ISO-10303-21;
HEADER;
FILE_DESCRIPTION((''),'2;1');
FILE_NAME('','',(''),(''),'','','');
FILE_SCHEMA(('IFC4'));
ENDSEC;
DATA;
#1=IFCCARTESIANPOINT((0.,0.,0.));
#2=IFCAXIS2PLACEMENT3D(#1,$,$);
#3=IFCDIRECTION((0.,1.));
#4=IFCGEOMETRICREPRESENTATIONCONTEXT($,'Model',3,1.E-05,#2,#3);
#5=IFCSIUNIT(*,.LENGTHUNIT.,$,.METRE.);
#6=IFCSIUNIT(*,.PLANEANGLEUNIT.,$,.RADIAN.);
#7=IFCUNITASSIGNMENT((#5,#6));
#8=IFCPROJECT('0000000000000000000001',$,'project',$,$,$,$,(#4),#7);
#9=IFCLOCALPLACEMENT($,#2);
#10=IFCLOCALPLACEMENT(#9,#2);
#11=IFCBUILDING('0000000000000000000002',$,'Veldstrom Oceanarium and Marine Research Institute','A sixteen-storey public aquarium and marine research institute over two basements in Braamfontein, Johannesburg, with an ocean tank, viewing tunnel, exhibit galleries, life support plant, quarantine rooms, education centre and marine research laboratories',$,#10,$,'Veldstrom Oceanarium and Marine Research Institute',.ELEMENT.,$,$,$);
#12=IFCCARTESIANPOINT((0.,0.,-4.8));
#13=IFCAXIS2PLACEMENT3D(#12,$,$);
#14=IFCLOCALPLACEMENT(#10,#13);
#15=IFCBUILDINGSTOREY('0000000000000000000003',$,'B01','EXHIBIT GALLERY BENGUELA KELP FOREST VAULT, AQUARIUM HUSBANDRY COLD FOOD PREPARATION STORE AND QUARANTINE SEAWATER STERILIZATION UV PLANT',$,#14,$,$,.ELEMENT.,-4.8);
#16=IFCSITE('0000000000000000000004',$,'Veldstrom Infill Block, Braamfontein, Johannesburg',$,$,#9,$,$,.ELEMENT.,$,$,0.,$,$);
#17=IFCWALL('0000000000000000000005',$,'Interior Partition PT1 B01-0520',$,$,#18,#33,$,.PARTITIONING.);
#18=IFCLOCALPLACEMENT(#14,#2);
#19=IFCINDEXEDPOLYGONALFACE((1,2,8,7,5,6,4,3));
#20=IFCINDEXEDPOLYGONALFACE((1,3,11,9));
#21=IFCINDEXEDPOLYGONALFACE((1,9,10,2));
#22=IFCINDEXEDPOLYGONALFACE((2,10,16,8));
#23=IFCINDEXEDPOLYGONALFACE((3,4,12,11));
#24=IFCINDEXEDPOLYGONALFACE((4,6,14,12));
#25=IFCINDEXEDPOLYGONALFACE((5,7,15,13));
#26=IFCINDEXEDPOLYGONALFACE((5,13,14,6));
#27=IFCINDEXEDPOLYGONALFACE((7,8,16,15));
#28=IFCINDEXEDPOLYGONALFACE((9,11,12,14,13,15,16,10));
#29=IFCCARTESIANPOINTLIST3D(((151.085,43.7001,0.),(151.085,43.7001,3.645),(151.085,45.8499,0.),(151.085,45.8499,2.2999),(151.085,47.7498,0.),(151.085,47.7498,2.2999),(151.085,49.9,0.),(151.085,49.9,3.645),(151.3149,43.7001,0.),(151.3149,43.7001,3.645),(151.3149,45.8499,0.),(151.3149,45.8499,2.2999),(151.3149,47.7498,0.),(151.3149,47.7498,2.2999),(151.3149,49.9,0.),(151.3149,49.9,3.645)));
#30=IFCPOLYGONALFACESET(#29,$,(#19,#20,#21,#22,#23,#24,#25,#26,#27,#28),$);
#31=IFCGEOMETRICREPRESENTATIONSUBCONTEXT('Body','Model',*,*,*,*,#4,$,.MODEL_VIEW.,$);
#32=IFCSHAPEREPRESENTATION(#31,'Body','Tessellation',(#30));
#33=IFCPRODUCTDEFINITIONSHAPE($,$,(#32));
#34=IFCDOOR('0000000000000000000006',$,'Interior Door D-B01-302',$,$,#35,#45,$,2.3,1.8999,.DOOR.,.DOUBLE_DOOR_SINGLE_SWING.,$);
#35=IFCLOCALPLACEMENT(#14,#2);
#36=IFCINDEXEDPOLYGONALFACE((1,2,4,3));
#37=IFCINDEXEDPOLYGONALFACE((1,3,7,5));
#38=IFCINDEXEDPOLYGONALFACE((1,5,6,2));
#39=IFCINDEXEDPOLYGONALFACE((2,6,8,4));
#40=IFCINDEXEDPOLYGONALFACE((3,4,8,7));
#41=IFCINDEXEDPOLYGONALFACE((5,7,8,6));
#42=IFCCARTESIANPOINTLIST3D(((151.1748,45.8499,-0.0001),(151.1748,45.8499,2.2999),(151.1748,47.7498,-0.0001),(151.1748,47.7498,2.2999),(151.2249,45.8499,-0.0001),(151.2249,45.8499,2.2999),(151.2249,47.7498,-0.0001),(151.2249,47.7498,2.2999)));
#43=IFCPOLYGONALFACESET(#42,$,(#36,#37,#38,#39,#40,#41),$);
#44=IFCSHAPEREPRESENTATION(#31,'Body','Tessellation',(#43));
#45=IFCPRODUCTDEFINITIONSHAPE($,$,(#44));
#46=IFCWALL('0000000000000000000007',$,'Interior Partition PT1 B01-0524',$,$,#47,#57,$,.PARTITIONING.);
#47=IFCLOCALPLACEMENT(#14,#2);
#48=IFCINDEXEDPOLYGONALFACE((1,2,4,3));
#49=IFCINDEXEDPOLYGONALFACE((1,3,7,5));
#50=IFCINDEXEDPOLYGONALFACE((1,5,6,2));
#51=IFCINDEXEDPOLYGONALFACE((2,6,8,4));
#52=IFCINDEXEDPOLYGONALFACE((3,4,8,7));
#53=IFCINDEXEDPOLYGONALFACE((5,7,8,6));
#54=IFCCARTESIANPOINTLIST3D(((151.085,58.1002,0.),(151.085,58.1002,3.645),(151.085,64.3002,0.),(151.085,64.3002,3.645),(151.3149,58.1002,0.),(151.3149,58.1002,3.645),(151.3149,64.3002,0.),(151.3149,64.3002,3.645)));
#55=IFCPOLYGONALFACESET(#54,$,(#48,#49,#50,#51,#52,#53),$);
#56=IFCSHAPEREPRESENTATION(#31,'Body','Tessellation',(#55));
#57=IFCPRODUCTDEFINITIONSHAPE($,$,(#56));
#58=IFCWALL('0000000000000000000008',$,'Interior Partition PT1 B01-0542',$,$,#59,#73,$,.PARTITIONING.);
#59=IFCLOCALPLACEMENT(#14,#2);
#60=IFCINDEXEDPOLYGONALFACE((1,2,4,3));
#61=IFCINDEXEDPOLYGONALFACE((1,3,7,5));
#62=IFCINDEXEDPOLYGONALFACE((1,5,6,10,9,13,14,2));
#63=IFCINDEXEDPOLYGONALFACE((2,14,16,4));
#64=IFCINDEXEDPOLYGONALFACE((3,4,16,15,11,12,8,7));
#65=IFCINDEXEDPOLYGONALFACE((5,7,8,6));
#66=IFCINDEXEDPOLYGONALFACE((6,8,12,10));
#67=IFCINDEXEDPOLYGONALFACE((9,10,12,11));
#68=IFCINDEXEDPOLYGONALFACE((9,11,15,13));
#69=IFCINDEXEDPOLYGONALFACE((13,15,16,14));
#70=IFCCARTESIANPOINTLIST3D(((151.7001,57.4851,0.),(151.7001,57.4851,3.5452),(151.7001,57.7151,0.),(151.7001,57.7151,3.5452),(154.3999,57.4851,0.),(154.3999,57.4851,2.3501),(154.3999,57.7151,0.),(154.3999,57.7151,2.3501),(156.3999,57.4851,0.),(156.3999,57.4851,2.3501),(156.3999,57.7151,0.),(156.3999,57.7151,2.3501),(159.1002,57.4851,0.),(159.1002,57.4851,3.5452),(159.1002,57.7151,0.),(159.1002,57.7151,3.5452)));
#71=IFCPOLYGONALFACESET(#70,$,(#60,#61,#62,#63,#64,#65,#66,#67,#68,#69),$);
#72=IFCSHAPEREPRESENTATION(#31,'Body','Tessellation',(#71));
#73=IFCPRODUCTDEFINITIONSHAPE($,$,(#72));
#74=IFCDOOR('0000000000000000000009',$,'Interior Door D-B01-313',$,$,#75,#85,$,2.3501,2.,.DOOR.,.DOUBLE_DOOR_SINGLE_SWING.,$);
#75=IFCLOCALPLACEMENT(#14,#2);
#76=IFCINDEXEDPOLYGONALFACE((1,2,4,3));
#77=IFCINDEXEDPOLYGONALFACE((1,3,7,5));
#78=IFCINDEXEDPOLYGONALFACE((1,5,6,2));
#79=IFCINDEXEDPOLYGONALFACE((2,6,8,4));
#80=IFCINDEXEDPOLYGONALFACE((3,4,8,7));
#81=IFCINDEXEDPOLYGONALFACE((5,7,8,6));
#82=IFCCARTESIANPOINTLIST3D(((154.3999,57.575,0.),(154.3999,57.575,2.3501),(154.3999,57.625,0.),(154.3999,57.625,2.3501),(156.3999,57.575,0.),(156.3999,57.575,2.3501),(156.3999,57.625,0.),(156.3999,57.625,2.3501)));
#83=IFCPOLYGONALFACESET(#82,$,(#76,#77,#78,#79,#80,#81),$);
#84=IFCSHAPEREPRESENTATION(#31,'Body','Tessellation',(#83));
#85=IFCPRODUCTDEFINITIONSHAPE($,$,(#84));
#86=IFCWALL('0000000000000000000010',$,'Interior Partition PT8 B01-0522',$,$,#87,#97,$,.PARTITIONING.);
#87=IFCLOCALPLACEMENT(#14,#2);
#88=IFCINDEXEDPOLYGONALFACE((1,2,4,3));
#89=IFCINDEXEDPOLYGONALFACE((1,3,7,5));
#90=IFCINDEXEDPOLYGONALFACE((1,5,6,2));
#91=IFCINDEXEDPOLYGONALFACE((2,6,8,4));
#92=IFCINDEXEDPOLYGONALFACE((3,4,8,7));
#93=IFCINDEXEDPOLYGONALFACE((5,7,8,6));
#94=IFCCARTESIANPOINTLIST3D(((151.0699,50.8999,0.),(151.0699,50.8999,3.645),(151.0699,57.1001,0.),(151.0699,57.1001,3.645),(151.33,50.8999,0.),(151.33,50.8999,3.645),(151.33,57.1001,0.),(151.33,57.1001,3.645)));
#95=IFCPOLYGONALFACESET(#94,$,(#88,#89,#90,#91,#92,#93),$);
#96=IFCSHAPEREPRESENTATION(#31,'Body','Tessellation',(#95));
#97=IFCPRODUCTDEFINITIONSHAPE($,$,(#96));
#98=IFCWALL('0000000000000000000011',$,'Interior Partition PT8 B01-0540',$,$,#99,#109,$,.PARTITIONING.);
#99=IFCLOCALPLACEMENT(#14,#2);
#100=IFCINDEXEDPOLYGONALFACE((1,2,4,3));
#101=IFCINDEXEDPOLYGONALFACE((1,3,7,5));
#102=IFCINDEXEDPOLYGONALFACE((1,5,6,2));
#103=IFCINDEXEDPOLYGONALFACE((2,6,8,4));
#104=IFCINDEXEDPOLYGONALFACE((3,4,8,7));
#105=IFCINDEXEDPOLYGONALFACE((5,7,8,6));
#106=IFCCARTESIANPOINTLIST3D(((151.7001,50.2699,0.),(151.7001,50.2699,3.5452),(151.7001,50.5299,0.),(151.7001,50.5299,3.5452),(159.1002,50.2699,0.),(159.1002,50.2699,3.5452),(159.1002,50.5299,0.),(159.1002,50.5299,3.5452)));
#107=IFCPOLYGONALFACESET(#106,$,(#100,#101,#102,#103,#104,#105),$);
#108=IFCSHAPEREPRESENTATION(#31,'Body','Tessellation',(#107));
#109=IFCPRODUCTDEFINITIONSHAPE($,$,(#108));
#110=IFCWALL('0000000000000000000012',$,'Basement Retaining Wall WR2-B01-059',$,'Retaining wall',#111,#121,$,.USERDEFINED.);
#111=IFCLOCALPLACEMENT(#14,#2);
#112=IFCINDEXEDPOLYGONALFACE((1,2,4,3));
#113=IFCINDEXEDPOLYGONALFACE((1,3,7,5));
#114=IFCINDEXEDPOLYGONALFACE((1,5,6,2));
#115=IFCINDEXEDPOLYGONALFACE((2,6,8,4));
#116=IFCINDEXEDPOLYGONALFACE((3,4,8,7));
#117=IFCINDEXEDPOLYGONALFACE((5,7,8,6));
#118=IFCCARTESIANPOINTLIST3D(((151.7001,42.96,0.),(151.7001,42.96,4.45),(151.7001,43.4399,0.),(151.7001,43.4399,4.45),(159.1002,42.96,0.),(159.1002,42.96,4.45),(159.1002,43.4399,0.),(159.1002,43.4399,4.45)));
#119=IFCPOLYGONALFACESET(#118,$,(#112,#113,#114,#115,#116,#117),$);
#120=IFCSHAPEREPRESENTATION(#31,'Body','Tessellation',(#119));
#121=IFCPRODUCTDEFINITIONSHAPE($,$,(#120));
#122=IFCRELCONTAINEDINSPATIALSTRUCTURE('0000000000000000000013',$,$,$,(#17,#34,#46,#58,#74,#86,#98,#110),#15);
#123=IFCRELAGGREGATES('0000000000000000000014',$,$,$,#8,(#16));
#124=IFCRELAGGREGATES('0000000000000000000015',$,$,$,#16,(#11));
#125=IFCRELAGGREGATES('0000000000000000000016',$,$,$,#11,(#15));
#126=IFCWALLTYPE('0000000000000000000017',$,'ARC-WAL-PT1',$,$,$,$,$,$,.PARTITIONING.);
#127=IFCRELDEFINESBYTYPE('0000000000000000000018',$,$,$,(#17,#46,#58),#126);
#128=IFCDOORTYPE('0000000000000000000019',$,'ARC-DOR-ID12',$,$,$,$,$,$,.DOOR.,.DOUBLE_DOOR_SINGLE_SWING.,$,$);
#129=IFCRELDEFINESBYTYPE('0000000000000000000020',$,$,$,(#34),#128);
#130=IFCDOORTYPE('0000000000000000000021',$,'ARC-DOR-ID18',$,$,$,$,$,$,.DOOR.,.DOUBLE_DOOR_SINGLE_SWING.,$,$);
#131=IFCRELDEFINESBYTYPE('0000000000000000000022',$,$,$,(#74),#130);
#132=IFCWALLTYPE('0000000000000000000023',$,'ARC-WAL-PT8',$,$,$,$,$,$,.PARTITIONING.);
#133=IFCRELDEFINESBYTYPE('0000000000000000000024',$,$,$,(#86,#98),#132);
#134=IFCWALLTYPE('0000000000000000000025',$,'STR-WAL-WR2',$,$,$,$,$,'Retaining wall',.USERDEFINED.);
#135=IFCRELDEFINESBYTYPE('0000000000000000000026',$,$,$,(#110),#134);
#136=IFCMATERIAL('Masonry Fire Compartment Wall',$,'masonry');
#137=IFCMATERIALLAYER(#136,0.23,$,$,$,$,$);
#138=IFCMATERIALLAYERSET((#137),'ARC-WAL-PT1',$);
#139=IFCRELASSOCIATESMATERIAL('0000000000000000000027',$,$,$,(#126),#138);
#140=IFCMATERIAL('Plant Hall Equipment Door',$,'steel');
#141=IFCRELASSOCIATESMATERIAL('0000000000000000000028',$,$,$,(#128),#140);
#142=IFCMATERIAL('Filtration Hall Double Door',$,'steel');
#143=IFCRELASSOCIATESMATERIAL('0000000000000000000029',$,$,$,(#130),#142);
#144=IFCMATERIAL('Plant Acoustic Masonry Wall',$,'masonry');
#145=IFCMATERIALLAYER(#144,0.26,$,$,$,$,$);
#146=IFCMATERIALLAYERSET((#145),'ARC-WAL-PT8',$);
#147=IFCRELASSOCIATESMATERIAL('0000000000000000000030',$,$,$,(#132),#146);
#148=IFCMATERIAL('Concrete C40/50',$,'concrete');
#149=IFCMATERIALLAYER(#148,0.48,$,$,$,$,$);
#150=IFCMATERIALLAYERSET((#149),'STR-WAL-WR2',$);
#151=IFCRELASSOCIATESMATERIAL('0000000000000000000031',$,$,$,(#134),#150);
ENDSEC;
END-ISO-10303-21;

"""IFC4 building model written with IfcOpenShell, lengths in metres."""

from ifc_helpers import new_model, si_unit, direction, frame, frame_2d, origin, place, context, subcontext, project, spatial, rectangle, extrude, material, layer, layer_set, type_object, element, fill, save


model = new_model("IFC4")

# Units and contexts
model_context = context("Model", 3, precision=1e-05, world=origin(), true_north=direction((0.0, 1.0)))
body_context = subcontext(model_context, "Body", "Model", "MODEL_VIEW")
ifc_project = project(units=[si_unit("LENGTHUNIT", "METRE"), si_unit("PLANEANGLEUNIT", "RADIAN")], contexts=[model_context])

# Site, building, storey
site_placement = place(None, origin())
site = spatial("IfcSite", under=ifc_project, at=site_placement, Name="Veldstrom Infill Block, Braamfontein, Johannesburg", CompositionType="ELEMENT", RefElevation=0.0)
building_placement = place(site_placement, origin())
building = spatial("IfcBuilding", under=site, at=building_placement, Name="Veldstrom Oceanarium and Marine Research Institute", Description="A sixteen-storey public aquarium and marine research institute over two basements in Braamfontein, Johannesburg, with an ocean tank, viewing tunnel, exhibit galleries, life support plant, quarantine rooms, education centre and marine research laboratories", LongName="Veldstrom Oceanarium and Marine Research Institute", CompositionType="ELEMENT")
storey_placement = place(building_placement, frame((0.0, 0.0, -4.8)))
storey = spatial("IfcBuildingStorey", under=building, at=storey_placement, Name="B01", Description="EXHIBIT GALLERY BENGUELA KELP FOREST VAULT, AQUARIUM HUSBANDRY COLD FOOD PREPARATION STORE AND QUARANTINE SEAWATER STERILIZATION UV PLANT", CompositionType="ELEMENT", Elevation=-4.8)

# Wall, opening, door
ifc_material_1 = material(Name="Masonry Fire Compartment Wall", Category="masonry")
ifc_layer_1 = layer(ifc_material_1, 0.23)
ifc_layer_set_1 = layer_set([ifc_layer_1], Name="ARC-WAL-PT1")
wall_type_1 = type_object("IfcWallType", Name="ARC-WAL-PT1", PredefinedType="PARTITIONING", material=ifc_layer_set_1)
wall_1_placement = place(storey_placement, frame((151.2, 43.7, 0.0), z_axis=(0.0, 0.0, 1.0), x_axis=(0.0, 1.0, 0.0)))
wall_1 = element("IfcWall", 1, at=wall_1_placement, inside=storey, type_object=wall_type_1, Name="Interior Partition PT1 B01-0520", PredefinedType="PARTITIONING", context=body_context, shape_type="SweptSolid", body=[
    extrude(rectangle(XDim=6.2, YDim=0.23, at=frame_2d((3.1001, 0.0))), origin(), (0.0, 0.0, 1.0), 3.645),
])
opening_1_placement = place(wall_1_placement, frame((2.1499, 0.0, 0.0)))
opening_1 = element("IfcOpeningElement", 2, at=opening_1_placement, cuts=wall_1, PredefinedType="OPENING", context=body_context, shape_type="SweptSolid", body=[
    extrude(rectangle(XDim=1.8999, YDim=2.3, at=frame_2d((0.95, 1.1499))), frame((0.0, 0.125, 0.0), z_axis=(0.0, -1.0, 0.0), x_axis=(1.0, 0.0, 0.0)), (0.0, 0.0, 1.0), 0.25),
])
ifc_material_2 = material(Name="Plant Hall Equipment Door", Category="steel")
door_type_1 = type_object("IfcDoorType", Name="ARC-DOR-ID12", OperationType="DOUBLE_DOOR_SINGLE_SWING", PredefinedType="DOOR", material=ifc_material_2)
door_1_placement = place(opening_1_placement, frame((1.8999, 0.0, 0.0), z_axis=(0.0, 0.0, 1.0), x_axis=(-1.0, 0.0, 0.0)))
door_1 = element("IfcDoor", 3, at=door_1_placement, inside=storey, type_object=door_type_1, Name="Interior Door D-B01-302", OperationType="DOUBLE_DOOR_SINGLE_SWING", OverallHeight=2.3, OverallWidth=1.8999, PredefinedType="DOOR", context=body_context, shape_type="SweptSolid", body=[
    extrude(rectangle(XDim=1.8999, YDim=2.3, at=frame_2d((0.95, 1.1499))), frame((0.0, 0.0249, 0.0), z_axis=(0.0, -1.0, 0.0), x_axis=(1.0, 0.0, 0.0)), (0.0, 0.0, 1.0), 0.05),
])
fill(opening_1, door_1)

# Wall
wall_2_placement = place(storey_placement, frame((151.2, 58.1001, 0.0), z_axis=(0.0, 0.0, 1.0), x_axis=(0.0, 1.0, 0.0)))
element("IfcWall", 4, at=wall_2_placement, inside=storey, type_object=wall_type_1, Name="Interior Partition PT1 B01-0524", PredefinedType="PARTITIONING", context=body_context, shape_type="SweptSolid", body=[
    extrude(rectangle(XDim=6.2, YDim=0.23, at=frame_2d((3.1001, 0.0))), origin(), (0.0, 0.0, 1.0), 3.645),
])

# Wall, opening, door
wall_3_placement = place(storey_placement, frame((151.7, 57.6001, 0.0), z_axis=(0.0, 0.0, 1.0), x_axis=(1.0, 0.0, 0.0)))
wall_3 = element("IfcWall", 5, at=wall_3_placement, inside=storey, type_object=wall_type_1, Name="Interior Partition PT1 B01-0542", PredefinedType="PARTITIONING", context=body_context, shape_type="SweptSolid", body=[
    extrude(rectangle(XDim=7.4001, YDim=0.23, at=frame_2d((3.7002, 0.0))), origin(), (0.0, 0.0, 1.0), 3.5452),
])
opening_2_placement = place(wall_3_placement, frame((2.7, 0.0, 0.0)))
opening_2 = element("IfcOpeningElement", 6, at=opening_2_placement, cuts=wall_3, PredefinedType="OPENING", context=body_context, shape_type="SweptSolid", body=[
    extrude(rectangle(XDim=2.0, YDim=2.3501, at=frame_2d((1.0, 1.175))), frame((0.0, 0.125, 0.0), z_axis=(0.0, -1.0, 0.0), x_axis=(1.0, 0.0, 0.0)), (0.0, 0.0, 1.0), 0.25),
])
ifc_material_3 = material(Name="Filtration Hall Double Door", Category="steel")
door_type_2 = type_object("IfcDoorType", Name="ARC-DOR-ID18", OperationType="DOUBLE_DOOR_SINGLE_SWING", PredefinedType="DOOR", material=ifc_material_3)
door_2_placement = place(opening_2_placement, origin())
door_2 = element("IfcDoor", 7, at=door_2_placement, inside=storey, type_object=door_type_2, Name="Interior Door D-B01-313", OperationType="DOUBLE_DOOR_SINGLE_SWING", OverallHeight=2.3501, OverallWidth=2.0, PredefinedType="DOOR", context=body_context, shape_type="SweptSolid", body=[
    extrude(rectangle(XDim=2.0, YDim=2.3501, at=frame_2d((1.0, 1.175))), frame((0.0, 0.0249, 0.0), z_axis=(0.0, -1.0, 0.0), x_axis=(1.0, 0.0, 0.0)), (0.0, 0.0, 1.0), 0.05),
])
fill(opening_2, door_2)

# Walls
ifc_material_4 = material(Name="Plant Acoustic Masonry Wall", Category="masonry")
ifc_layer_2 = layer(ifc_material_4, 0.26)
ifc_layer_set_2 = layer_set([ifc_layer_2], Name="ARC-WAL-PT8")
wall_type_2 = type_object("IfcWallType", Name="ARC-WAL-PT8", PredefinedType="PARTITIONING", material=ifc_layer_set_2)
wall_4_placement = place(storey_placement, frame((151.2, 50.8999, 0.0), z_axis=(0.0, 0.0, 1.0), x_axis=(0.0, 1.0, 0.0)))
element("IfcWall", 8, at=wall_4_placement, inside=storey, type_object=wall_type_2, Name="Interior Partition PT8 B01-0522", PredefinedType="PARTITIONING", context=body_context, shape_type="SweptSolid", body=[
    extrude(rectangle(XDim=6.2002, YDim=0.26, at=frame_2d((3.1001, 0.0))), origin(), (0.0, 0.0, 1.0), 3.645),
])
wall_5_placement = place(storey_placement, frame((151.7, 50.3999, 0.0), z_axis=(0.0, 0.0, 1.0), x_axis=(1.0, 0.0, 0.0)))
element("IfcWall", 9, at=wall_5_placement, inside=storey, type_object=wall_type_2, Name="Interior Partition PT8 B01-0540", PredefinedType="PARTITIONING", context=body_context, shape_type="SweptSolid", body=[
    extrude(rectangle(XDim=7.4001, YDim=0.26, at=frame_2d((3.7002, 0.0))), origin(), (0.0, 0.0, 1.0), 3.5452),
])
ifc_material_5 = material(Name="Concrete C40/50", Category="concrete")
ifc_layer_3 = layer(ifc_material_5, 0.48)
ifc_layer_set_3 = layer_set([ifc_layer_3], Name="STR-WAL-WR2")
wall_type_3 = type_object("IfcWallType", Name="STR-WAL-WR2", ElementType="Retaining wall", PredefinedType="USERDEFINED", material=ifc_layer_set_3)
wall_6_placement = place(storey_placement, frame((151.7, 43.2, 0.0), z_axis=(0.0, 0.0, 1.0), x_axis=(1.0, 0.0, 0.0)))
element("IfcWall", 10, at=wall_6_placement, inside=storey, type_object=wall_type_3, Name="Basement Retaining Wall WR2-B01-059", ObjectType="Retaining wall", PredefinedType="USERDEFINED", context=body_context, shape_type="SweptSolid", body=[
    extrude(rectangle(XDim=7.4001, YDim=0.48, at=frame_2d((3.7002, 0.0))), origin(), (0.0, 0.0, 1.0), 4.45),
])

save(model, "model.ifc")
